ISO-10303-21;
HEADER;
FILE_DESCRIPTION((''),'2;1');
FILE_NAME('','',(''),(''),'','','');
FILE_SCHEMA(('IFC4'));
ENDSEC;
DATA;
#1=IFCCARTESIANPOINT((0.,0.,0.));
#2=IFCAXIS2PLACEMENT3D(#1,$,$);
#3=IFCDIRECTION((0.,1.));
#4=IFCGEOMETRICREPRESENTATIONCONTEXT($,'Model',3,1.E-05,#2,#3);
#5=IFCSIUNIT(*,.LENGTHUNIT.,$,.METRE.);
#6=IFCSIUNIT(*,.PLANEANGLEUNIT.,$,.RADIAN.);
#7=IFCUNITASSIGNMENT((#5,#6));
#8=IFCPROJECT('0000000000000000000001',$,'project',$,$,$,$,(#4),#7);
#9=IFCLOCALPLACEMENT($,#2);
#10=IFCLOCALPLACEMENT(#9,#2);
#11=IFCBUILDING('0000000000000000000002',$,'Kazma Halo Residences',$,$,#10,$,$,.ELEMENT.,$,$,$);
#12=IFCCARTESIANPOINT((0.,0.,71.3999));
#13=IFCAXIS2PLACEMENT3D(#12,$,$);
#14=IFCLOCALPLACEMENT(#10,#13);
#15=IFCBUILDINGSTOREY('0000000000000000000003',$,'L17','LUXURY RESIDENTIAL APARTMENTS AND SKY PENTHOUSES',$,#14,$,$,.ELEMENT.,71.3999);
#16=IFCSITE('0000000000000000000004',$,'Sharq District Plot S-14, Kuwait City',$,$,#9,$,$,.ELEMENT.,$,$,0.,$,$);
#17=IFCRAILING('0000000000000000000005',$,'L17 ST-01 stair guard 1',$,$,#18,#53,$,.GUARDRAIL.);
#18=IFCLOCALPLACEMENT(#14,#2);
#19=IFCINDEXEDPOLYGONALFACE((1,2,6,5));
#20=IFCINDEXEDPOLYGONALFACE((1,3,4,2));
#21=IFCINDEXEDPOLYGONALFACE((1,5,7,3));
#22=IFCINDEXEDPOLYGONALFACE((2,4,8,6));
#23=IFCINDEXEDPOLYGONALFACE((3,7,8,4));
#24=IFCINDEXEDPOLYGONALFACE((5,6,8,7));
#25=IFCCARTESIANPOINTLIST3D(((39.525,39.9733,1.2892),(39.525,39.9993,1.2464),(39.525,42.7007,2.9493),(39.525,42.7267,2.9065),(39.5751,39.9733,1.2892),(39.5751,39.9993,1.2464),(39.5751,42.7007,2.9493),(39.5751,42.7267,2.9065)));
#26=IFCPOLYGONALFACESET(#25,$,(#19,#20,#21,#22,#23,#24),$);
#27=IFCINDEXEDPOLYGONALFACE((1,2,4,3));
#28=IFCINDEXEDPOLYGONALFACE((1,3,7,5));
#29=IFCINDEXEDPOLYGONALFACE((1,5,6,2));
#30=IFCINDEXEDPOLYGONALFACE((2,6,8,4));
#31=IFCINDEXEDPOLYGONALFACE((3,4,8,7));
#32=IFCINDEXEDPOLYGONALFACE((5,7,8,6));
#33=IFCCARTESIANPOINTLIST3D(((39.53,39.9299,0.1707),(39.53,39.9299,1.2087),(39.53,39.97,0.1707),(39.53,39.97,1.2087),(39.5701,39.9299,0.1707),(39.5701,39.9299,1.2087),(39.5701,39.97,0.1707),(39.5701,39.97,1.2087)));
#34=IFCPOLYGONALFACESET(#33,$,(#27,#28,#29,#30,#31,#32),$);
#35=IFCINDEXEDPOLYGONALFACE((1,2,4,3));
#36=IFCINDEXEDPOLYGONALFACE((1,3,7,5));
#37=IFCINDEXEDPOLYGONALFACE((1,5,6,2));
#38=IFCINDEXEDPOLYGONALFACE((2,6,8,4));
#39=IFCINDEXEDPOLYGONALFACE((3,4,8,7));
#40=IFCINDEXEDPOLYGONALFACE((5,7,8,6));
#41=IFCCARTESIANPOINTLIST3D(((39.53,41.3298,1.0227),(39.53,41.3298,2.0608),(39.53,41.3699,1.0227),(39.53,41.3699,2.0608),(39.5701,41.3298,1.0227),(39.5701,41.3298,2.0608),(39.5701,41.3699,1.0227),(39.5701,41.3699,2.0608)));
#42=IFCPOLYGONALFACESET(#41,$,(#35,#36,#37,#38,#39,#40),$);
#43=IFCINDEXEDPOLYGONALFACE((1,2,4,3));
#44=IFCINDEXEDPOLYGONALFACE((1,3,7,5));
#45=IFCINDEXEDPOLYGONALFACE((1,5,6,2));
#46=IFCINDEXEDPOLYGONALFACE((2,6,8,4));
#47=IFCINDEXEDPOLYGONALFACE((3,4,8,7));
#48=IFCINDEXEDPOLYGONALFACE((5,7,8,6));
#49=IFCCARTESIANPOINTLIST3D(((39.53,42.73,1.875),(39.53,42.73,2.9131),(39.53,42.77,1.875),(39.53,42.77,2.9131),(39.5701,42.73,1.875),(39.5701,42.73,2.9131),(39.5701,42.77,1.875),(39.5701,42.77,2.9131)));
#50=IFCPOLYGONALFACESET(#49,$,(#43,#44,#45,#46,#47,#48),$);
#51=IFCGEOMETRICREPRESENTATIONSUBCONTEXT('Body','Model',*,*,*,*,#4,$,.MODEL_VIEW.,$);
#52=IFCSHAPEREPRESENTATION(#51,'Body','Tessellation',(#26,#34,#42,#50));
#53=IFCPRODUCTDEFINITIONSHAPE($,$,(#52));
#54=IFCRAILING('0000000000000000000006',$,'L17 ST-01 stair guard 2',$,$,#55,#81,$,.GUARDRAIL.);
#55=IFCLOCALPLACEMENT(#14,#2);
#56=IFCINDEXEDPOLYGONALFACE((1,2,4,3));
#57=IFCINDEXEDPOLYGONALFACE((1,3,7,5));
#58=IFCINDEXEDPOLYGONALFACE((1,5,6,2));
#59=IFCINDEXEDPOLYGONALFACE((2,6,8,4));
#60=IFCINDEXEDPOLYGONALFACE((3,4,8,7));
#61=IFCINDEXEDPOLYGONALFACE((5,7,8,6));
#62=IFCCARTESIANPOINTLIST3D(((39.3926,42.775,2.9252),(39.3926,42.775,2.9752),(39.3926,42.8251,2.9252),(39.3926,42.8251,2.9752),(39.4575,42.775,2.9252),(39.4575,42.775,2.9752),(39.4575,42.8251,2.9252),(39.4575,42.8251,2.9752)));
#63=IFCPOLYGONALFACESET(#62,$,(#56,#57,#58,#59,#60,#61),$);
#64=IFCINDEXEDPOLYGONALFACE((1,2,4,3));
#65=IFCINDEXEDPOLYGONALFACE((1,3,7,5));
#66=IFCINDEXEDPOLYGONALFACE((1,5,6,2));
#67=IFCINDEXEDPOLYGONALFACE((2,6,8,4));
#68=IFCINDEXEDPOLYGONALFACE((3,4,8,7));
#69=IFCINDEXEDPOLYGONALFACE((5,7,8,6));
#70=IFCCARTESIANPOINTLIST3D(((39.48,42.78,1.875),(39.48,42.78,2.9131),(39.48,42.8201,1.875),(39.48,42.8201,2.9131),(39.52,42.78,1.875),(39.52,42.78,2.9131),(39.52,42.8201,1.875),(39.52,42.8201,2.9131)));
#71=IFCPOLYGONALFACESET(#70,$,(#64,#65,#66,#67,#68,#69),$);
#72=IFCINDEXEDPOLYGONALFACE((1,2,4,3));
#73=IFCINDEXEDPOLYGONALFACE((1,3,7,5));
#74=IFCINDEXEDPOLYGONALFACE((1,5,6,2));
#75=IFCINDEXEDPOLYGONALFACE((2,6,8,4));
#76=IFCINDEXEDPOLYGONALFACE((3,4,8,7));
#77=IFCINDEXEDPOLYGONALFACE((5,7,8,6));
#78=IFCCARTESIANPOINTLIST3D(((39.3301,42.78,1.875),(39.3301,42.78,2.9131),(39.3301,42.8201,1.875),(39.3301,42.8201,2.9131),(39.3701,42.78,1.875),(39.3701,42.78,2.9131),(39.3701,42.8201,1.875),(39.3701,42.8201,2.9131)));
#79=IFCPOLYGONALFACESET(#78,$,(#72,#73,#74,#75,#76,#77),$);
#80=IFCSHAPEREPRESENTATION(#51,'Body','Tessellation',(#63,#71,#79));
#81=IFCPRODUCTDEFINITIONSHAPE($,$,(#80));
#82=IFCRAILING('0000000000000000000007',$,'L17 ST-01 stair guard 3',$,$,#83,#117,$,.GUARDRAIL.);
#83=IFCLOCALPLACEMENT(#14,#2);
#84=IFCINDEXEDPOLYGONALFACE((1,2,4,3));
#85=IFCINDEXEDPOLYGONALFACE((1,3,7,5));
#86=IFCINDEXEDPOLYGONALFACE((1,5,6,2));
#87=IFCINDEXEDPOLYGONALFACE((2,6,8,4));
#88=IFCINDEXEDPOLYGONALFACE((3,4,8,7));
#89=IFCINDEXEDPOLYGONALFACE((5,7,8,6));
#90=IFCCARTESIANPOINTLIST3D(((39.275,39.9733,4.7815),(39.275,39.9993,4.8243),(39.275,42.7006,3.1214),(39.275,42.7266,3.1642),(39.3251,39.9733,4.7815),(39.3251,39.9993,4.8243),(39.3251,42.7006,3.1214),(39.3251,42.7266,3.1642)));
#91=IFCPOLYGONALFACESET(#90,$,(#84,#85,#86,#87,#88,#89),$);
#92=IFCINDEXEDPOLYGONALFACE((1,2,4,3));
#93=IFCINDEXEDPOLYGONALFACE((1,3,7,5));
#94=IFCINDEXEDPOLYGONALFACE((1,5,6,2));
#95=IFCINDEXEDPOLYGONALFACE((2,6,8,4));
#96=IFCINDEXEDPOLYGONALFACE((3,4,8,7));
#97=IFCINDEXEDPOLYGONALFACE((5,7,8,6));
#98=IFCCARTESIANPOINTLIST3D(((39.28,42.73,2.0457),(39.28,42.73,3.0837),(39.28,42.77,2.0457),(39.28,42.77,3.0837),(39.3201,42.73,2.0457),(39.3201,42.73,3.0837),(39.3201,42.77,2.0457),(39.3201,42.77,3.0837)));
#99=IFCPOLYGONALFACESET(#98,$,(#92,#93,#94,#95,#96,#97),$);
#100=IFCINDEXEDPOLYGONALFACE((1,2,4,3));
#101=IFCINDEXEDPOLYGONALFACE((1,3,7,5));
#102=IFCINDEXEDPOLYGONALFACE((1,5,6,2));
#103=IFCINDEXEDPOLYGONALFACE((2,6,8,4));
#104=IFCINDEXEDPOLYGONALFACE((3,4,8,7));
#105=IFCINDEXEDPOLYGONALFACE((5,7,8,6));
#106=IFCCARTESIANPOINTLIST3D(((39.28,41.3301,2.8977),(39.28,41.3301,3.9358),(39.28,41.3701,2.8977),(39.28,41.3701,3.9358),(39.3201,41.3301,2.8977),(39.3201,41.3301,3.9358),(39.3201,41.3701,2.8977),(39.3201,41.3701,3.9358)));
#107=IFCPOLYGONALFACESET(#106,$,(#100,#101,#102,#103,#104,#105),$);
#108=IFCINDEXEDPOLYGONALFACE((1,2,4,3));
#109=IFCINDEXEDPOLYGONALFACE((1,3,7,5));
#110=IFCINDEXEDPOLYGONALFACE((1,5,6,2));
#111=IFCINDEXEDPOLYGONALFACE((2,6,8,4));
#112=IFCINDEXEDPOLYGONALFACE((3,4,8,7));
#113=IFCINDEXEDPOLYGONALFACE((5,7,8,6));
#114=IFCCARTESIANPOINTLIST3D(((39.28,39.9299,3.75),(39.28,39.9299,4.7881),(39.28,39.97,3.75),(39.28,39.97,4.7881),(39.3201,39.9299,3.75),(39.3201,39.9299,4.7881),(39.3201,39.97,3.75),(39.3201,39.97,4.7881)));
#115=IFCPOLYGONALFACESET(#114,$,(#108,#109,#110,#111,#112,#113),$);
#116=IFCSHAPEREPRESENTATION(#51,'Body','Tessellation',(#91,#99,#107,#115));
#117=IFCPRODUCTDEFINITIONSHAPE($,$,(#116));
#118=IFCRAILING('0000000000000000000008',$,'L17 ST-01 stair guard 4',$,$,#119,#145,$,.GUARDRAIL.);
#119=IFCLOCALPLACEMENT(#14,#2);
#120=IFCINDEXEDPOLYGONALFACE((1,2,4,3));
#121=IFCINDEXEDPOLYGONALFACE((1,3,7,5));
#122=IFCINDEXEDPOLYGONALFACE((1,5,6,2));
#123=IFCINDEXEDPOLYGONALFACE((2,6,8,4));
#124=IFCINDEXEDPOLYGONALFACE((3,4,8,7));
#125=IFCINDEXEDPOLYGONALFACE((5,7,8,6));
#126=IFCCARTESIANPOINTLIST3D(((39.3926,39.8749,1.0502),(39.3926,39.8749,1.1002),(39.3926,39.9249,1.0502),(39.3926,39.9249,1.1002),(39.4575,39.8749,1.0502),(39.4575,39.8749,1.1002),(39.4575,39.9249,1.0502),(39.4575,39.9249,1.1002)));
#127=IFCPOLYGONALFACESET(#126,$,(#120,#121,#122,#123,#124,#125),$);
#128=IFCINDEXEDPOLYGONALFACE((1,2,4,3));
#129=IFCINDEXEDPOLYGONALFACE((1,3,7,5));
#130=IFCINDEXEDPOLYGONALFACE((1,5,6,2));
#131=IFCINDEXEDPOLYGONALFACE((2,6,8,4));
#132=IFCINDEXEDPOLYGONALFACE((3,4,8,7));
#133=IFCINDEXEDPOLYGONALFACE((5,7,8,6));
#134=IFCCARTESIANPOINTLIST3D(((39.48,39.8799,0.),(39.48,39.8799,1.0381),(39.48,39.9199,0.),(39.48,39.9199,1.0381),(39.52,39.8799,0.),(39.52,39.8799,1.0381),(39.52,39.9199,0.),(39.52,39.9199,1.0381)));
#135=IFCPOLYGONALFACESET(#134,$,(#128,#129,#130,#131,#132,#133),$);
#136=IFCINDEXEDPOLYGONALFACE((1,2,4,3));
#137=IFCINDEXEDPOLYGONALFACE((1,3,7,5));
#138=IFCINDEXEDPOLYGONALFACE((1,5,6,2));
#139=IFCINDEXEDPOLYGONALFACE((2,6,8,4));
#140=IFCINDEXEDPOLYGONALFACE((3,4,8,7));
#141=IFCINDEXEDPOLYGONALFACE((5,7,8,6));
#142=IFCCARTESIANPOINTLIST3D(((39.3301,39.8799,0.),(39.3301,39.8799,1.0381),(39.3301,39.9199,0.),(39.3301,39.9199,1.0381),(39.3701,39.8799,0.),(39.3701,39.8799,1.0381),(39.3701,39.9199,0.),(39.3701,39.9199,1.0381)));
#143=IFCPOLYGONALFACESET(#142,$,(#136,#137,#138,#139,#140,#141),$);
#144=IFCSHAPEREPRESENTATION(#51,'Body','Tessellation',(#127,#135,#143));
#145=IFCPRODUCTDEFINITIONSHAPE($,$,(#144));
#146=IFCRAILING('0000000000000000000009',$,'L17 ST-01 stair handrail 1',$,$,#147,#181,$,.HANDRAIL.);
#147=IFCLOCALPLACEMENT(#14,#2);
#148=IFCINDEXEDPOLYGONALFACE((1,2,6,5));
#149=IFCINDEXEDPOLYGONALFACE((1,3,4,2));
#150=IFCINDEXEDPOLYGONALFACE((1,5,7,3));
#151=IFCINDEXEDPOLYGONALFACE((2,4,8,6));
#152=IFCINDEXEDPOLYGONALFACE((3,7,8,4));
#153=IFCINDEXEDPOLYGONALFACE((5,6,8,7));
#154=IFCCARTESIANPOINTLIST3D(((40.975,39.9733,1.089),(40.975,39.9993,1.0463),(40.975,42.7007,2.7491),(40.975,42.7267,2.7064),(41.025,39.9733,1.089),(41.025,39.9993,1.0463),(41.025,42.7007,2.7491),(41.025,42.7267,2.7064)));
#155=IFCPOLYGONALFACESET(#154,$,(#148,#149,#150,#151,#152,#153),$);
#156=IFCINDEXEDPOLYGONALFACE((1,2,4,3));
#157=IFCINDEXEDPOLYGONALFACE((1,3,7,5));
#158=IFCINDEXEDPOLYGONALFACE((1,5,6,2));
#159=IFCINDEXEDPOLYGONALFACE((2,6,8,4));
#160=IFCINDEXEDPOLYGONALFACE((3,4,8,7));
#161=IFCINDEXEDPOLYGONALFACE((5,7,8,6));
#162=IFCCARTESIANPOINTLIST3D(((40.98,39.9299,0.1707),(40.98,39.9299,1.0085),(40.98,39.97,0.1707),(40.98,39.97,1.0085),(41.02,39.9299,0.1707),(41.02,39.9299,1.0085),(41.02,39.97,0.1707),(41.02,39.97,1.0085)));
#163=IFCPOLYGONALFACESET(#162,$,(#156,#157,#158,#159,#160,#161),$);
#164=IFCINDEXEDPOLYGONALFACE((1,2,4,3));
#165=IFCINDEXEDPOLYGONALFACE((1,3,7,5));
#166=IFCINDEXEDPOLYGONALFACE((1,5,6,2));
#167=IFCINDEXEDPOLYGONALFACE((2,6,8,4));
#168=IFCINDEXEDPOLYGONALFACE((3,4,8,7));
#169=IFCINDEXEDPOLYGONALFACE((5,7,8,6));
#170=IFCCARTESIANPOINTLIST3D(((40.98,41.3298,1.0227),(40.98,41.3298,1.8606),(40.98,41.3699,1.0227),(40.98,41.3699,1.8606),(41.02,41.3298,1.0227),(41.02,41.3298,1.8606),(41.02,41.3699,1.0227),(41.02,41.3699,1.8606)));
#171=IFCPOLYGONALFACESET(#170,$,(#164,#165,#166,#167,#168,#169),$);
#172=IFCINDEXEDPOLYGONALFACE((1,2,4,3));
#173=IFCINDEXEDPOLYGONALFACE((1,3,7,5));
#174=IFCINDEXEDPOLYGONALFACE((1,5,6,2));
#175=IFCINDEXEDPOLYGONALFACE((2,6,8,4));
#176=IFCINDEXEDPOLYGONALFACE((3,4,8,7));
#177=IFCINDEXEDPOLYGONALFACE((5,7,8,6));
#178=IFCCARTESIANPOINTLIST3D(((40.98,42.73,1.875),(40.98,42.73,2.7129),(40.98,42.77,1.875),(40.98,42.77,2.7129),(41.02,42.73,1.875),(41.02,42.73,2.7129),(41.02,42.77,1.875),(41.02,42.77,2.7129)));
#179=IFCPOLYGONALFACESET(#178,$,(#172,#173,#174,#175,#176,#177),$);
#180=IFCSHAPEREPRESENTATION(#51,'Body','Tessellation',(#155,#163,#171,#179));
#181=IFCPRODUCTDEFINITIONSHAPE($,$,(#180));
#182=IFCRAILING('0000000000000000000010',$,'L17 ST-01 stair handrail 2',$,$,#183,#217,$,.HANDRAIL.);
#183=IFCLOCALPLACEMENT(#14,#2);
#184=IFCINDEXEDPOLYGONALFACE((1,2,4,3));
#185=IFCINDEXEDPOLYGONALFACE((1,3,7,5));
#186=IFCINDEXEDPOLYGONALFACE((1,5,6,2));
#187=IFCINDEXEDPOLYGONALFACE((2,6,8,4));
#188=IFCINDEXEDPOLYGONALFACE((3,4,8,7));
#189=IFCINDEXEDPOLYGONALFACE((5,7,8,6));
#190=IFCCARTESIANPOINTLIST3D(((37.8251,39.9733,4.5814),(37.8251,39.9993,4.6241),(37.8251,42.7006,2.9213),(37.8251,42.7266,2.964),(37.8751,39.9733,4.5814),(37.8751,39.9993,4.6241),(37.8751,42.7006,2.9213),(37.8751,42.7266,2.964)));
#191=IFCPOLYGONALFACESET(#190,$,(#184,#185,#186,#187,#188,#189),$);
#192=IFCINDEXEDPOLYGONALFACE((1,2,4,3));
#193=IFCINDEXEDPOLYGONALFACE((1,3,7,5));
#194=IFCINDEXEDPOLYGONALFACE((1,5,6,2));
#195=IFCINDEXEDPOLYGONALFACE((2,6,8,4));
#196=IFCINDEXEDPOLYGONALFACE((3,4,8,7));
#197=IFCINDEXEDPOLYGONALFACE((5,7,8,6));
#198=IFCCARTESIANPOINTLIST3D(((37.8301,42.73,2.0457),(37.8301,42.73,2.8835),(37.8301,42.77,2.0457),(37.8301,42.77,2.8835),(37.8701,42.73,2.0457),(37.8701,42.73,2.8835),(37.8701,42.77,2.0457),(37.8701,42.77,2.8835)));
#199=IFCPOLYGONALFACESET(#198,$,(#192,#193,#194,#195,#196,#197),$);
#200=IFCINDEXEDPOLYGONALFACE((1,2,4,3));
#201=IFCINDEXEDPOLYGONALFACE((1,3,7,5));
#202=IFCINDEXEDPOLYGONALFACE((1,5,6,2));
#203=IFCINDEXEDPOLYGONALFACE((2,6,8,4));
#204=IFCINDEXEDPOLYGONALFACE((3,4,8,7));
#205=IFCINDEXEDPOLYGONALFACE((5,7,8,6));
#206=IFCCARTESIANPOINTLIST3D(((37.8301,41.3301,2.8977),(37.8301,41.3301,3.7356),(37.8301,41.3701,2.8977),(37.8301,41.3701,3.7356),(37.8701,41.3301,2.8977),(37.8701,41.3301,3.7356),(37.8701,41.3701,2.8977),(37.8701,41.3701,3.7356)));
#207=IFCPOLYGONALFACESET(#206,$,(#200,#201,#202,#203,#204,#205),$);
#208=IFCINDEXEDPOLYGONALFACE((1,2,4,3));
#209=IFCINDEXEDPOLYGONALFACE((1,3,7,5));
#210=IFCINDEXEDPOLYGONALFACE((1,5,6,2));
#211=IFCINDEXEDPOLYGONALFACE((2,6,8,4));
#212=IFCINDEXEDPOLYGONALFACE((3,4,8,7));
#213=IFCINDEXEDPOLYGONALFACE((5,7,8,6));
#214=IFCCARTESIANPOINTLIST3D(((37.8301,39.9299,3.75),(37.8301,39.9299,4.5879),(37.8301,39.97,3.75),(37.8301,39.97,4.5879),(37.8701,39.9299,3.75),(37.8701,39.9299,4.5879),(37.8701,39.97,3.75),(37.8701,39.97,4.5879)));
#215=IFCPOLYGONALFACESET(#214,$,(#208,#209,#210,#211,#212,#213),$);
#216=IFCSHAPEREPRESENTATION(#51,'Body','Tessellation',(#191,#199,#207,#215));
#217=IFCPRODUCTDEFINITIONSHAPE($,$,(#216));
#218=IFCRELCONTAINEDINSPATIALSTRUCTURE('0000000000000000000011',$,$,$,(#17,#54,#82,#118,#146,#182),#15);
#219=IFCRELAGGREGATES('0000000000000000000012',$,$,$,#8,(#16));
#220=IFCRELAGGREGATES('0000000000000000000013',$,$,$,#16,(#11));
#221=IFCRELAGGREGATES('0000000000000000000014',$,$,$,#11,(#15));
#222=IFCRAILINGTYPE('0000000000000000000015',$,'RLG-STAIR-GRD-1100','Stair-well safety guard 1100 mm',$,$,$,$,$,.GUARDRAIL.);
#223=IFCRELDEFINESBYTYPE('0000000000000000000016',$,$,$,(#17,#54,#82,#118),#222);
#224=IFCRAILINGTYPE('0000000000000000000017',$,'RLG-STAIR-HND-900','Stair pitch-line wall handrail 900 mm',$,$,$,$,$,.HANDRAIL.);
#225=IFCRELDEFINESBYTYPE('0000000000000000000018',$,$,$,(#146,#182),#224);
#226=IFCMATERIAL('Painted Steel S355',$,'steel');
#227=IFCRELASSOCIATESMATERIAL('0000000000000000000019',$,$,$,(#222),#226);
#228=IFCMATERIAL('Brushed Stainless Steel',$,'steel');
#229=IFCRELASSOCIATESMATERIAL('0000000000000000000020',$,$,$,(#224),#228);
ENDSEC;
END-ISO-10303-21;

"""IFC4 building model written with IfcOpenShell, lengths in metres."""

from ifc_helpers import new_model, si_unit, direction, frame, origin, origin_2d, place, context, subcontext, project, spatial, rectangle, extrude, material, type_object, element, save


model = new_model("IFC4")

# Units and contexts
model_context = context("Model", 3, precision=1e-05, world=origin(), true_north=direction((0.0, 1.0)))
body_context = subcontext(model_context, "Body", "Model", "MODEL_VIEW")
ifc_project = project(units=[si_unit("LENGTHUNIT", "METRE"), si_unit("PLANEANGLEUNIT", "RADIAN")], contexts=[model_context])

# Site, building, storey
site_placement = place(None, origin())
site = spatial("IfcSite", under=ifc_project, at=site_placement, Name="Sharq District Plot S-14, Kuwait City", CompositionType="ELEMENT", RefElevation=0.0)
building_placement = place(site_placement, origin())
building = spatial("IfcBuilding", under=site, at=building_placement, Name="Kazma Halo Residences", CompositionType="ELEMENT")
storey_placement = place(building_placement, frame((0.0, 0.0, 71.3999)))
storey = spatial("IfcBuildingStorey", under=building, at=storey_placement, Name="L17", Description="LUXURY RESIDENTIAL APARTMENTS AND SKY PENTHOUSES", CompositionType="ELEMENT", Elevation=71.3999)

# Railings
ifc_material_1 = material(Name="Painted Steel S355", Category="steel")
railing_type_1 = type_object("IfcRailingType", Name="RLG-STAIR-GRD-1100", Description="Stair-well safety guard 1100 mm", PredefinedType="GUARDRAIL", material=ifc_material_1)
railing_1_placement = place(storey_placement, frame((39.55, 39.95, 0.1707)))
element("IfcRailing", 1, at=railing_1_placement, inside=storey, type_object=railing_type_1, Name="L17 ST-01 stair guard 1", PredefinedType="GUARDRAIL", context=body_context, shape_type="SweptSolid", body=[
    extrude(rectangle(XDim=0.05, YDim=0.05, at=origin_2d()), frame((0.0, 0.0364, 1.0972), z_axis=(0.0, 0.854203, 0.51994), x_axis=(-1.0, 0.0, 0.0)), (0.0, 0.0, 1.0), 3.1929),
    extrude(rectangle(XDim=0.04, YDim=0.04, at=origin_2d()), origin(), (0.0, 0.0, 1.0), 1.0381),
    extrude(rectangle(XDim=0.04, YDim=0.04, at=origin_2d()), frame((0.0, 1.3999, 0.8521)), (0.0, 0.0, 1.0), 1.0381),
    extrude(rectangle(XDim=0.04, YDim=0.04, at=origin_2d()), frame((0.0, 2.8, 1.7043)), (0.0, 0.0, 1.0), 1.0381),
])
railing_2_placement = place(storey_placement, frame((39.5, 42.8, 1.875)))
element("IfcRailing", 2, at=railing_2_placement, inside=storey, type_object=railing_type_1, Name="L17 ST-01 stair guard 2", PredefinedType="GUARDRAIL", context=body_context, shape_type="SweptSolid", body=[
    extrude(rectangle(XDim=0.05, YDim=0.05, at=origin_2d()), frame((-0.0425, 0.0, 1.0752), z_axis=(-1.0, 0.0, 0.0), x_axis=(0.0, -1.0, 0.0)), (0.0, 0.0, 1.0), 0.0649),
    extrude(rectangle(XDim=0.04, YDim=0.04, at=origin_2d()), origin(), (0.0, 0.0, 1.0), 1.0381),
    extrude(rectangle(XDim=0.04, YDim=0.04, at=origin_2d()), frame((-0.1499, 0.0, 0.0)), (0.0, 0.0, 1.0), 1.0381),
])
railing_3_placement = place(storey_placement, frame((39.3, 42.75, 2.0457)))
element("IfcRailing", 3, at=railing_3_placement, inside=storey, type_object=railing_type_1, Name="L17 ST-01 stair guard 3", PredefinedType="GUARDRAIL", context=body_context, shape_type="SweptSolid", body=[
    extrude(rectangle(XDim=0.05, YDim=0.05, at=origin_2d()), frame((0.0, -0.0364, 1.0972), z_axis=(0.0, -0.854203, 0.51994), x_axis=(1.0, 0.0, 0.0)), (0.0, 0.0, 1.0), 3.1929),
    extrude(rectangle(XDim=0.04, YDim=0.04, at=origin_2d()), origin(), (0.0, 0.0, 1.0), 1.0381),
    extrude(rectangle(XDim=0.04, YDim=0.04, at=origin_2d()), frame((0.0, -1.3999, 0.8521)), (0.0, 0.0, 1.0), 1.0381),
    extrude(rectangle(XDim=0.04, YDim=0.04, at=origin_2d()), frame((0.0, -2.8, 1.7043)), (0.0, 0.0, 1.0), 1.0381),
])
railing_4_placement = place(storey_placement, frame((39.5, 39.8999, 0.0)))
element("IfcRailing", 4, at=railing_4_placement, inside=storey, type_object=railing_type_1, Name="L17 ST-01 stair guard 4", PredefinedType="GUARDRAIL", context=body_context, shape_type="SweptSolid", body=[
    extrude(rectangle(XDim=0.05, YDim=0.05, at=origin_2d()), frame((-0.0425, 0.0, 1.0752), z_axis=(-1.0, 0.0, 0.0), x_axis=(0.0, -1.0, 0.0)), (0.0, 0.0, 1.0), 0.0649),
    extrude(rectangle(XDim=0.04, YDim=0.04, at=origin_2d()), origin(), (0.0, 0.0, 1.0), 1.0381),
    extrude(rectangle(XDim=0.04, YDim=0.04, at=origin_2d()), frame((-0.1499, 0.0, 0.0)), (0.0, 0.0, 1.0), 1.0381),
])
ifc_material_2 = material(Name="Brushed Stainless Steel", Category="steel")
railing_type_2 = type_object("IfcRailingType", Name="RLG-STAIR-HND-900", Description="Stair pitch-line wall handrail 900 mm", PredefinedType="HANDRAIL", material=ifc_material_2)
railing_5_placement = place(storey_placement, frame((41.0, 39.95, 0.1707)))
element("IfcRailing", 5, at=railing_5_placement, inside=storey, type_object=railing_type_2, Name="L17 ST-01 stair handrail 1", PredefinedType="HANDRAIL", context=body_context, shape_type="SweptSolid", body=[
    extrude(rectangle(XDim=0.05, YDim=0.05, at=origin_2d()), frame((0.0, 0.0364, 0.897), z_axis=(0.0, 0.854203, 0.51994), x_axis=(-1.0, 0.0, 0.0)), (0.0, 0.0, 1.0), 3.1929),
    extrude(rectangle(XDim=0.04, YDim=0.04, at=origin_2d()), origin(), (0.0, 0.0, 1.0), 0.8379),
    extrude(rectangle(XDim=0.04, YDim=0.04, at=origin_2d()), frame((0.0, 1.3999, 0.8521)), (0.0, 0.0, 1.0), 0.8379),
    extrude(rectangle(XDim=0.04, YDim=0.04, at=origin_2d()), frame((0.0, 2.8, 1.7043)), (0.0, 0.0, 1.0), 0.8379),
])
railing_6_placement = place(storey_placement, frame((37.8501, 42.75, 2.0457)))
element("IfcRailing", 6, at=railing_6_placement, inside=storey, type_object=railing_type_2, Name="L17 ST-01 stair handrail 2", PredefinedType="HANDRAIL", context=body_context, shape_type="SweptSolid", body=[
    extrude(rectangle(XDim=0.05, YDim=0.05, at=origin_2d()), frame((0.0, -0.0364, 0.897), z_axis=(0.0, -0.854203, 0.51994), x_axis=(1.0, 0.0, 0.0)), (0.0, 0.0, 1.0), 3.1929),
    extrude(rectangle(XDim=0.04, YDim=0.04, at=origin_2d()), origin(), (0.0, 0.0, 1.0), 0.8379),
    extrude(rectangle(XDim=0.04, YDim=0.04, at=origin_2d()), frame((0.0, -1.3999, 0.8521)), (0.0, 0.0, 1.0), 0.8379),
    extrude(rectangle(XDim=0.04, YDim=0.04, at=origin_2d()), frame((0.0, -2.8, 1.7043)), (0.0, 0.0, 1.0), 0.8379),
])

save(model, "model.ifc")
